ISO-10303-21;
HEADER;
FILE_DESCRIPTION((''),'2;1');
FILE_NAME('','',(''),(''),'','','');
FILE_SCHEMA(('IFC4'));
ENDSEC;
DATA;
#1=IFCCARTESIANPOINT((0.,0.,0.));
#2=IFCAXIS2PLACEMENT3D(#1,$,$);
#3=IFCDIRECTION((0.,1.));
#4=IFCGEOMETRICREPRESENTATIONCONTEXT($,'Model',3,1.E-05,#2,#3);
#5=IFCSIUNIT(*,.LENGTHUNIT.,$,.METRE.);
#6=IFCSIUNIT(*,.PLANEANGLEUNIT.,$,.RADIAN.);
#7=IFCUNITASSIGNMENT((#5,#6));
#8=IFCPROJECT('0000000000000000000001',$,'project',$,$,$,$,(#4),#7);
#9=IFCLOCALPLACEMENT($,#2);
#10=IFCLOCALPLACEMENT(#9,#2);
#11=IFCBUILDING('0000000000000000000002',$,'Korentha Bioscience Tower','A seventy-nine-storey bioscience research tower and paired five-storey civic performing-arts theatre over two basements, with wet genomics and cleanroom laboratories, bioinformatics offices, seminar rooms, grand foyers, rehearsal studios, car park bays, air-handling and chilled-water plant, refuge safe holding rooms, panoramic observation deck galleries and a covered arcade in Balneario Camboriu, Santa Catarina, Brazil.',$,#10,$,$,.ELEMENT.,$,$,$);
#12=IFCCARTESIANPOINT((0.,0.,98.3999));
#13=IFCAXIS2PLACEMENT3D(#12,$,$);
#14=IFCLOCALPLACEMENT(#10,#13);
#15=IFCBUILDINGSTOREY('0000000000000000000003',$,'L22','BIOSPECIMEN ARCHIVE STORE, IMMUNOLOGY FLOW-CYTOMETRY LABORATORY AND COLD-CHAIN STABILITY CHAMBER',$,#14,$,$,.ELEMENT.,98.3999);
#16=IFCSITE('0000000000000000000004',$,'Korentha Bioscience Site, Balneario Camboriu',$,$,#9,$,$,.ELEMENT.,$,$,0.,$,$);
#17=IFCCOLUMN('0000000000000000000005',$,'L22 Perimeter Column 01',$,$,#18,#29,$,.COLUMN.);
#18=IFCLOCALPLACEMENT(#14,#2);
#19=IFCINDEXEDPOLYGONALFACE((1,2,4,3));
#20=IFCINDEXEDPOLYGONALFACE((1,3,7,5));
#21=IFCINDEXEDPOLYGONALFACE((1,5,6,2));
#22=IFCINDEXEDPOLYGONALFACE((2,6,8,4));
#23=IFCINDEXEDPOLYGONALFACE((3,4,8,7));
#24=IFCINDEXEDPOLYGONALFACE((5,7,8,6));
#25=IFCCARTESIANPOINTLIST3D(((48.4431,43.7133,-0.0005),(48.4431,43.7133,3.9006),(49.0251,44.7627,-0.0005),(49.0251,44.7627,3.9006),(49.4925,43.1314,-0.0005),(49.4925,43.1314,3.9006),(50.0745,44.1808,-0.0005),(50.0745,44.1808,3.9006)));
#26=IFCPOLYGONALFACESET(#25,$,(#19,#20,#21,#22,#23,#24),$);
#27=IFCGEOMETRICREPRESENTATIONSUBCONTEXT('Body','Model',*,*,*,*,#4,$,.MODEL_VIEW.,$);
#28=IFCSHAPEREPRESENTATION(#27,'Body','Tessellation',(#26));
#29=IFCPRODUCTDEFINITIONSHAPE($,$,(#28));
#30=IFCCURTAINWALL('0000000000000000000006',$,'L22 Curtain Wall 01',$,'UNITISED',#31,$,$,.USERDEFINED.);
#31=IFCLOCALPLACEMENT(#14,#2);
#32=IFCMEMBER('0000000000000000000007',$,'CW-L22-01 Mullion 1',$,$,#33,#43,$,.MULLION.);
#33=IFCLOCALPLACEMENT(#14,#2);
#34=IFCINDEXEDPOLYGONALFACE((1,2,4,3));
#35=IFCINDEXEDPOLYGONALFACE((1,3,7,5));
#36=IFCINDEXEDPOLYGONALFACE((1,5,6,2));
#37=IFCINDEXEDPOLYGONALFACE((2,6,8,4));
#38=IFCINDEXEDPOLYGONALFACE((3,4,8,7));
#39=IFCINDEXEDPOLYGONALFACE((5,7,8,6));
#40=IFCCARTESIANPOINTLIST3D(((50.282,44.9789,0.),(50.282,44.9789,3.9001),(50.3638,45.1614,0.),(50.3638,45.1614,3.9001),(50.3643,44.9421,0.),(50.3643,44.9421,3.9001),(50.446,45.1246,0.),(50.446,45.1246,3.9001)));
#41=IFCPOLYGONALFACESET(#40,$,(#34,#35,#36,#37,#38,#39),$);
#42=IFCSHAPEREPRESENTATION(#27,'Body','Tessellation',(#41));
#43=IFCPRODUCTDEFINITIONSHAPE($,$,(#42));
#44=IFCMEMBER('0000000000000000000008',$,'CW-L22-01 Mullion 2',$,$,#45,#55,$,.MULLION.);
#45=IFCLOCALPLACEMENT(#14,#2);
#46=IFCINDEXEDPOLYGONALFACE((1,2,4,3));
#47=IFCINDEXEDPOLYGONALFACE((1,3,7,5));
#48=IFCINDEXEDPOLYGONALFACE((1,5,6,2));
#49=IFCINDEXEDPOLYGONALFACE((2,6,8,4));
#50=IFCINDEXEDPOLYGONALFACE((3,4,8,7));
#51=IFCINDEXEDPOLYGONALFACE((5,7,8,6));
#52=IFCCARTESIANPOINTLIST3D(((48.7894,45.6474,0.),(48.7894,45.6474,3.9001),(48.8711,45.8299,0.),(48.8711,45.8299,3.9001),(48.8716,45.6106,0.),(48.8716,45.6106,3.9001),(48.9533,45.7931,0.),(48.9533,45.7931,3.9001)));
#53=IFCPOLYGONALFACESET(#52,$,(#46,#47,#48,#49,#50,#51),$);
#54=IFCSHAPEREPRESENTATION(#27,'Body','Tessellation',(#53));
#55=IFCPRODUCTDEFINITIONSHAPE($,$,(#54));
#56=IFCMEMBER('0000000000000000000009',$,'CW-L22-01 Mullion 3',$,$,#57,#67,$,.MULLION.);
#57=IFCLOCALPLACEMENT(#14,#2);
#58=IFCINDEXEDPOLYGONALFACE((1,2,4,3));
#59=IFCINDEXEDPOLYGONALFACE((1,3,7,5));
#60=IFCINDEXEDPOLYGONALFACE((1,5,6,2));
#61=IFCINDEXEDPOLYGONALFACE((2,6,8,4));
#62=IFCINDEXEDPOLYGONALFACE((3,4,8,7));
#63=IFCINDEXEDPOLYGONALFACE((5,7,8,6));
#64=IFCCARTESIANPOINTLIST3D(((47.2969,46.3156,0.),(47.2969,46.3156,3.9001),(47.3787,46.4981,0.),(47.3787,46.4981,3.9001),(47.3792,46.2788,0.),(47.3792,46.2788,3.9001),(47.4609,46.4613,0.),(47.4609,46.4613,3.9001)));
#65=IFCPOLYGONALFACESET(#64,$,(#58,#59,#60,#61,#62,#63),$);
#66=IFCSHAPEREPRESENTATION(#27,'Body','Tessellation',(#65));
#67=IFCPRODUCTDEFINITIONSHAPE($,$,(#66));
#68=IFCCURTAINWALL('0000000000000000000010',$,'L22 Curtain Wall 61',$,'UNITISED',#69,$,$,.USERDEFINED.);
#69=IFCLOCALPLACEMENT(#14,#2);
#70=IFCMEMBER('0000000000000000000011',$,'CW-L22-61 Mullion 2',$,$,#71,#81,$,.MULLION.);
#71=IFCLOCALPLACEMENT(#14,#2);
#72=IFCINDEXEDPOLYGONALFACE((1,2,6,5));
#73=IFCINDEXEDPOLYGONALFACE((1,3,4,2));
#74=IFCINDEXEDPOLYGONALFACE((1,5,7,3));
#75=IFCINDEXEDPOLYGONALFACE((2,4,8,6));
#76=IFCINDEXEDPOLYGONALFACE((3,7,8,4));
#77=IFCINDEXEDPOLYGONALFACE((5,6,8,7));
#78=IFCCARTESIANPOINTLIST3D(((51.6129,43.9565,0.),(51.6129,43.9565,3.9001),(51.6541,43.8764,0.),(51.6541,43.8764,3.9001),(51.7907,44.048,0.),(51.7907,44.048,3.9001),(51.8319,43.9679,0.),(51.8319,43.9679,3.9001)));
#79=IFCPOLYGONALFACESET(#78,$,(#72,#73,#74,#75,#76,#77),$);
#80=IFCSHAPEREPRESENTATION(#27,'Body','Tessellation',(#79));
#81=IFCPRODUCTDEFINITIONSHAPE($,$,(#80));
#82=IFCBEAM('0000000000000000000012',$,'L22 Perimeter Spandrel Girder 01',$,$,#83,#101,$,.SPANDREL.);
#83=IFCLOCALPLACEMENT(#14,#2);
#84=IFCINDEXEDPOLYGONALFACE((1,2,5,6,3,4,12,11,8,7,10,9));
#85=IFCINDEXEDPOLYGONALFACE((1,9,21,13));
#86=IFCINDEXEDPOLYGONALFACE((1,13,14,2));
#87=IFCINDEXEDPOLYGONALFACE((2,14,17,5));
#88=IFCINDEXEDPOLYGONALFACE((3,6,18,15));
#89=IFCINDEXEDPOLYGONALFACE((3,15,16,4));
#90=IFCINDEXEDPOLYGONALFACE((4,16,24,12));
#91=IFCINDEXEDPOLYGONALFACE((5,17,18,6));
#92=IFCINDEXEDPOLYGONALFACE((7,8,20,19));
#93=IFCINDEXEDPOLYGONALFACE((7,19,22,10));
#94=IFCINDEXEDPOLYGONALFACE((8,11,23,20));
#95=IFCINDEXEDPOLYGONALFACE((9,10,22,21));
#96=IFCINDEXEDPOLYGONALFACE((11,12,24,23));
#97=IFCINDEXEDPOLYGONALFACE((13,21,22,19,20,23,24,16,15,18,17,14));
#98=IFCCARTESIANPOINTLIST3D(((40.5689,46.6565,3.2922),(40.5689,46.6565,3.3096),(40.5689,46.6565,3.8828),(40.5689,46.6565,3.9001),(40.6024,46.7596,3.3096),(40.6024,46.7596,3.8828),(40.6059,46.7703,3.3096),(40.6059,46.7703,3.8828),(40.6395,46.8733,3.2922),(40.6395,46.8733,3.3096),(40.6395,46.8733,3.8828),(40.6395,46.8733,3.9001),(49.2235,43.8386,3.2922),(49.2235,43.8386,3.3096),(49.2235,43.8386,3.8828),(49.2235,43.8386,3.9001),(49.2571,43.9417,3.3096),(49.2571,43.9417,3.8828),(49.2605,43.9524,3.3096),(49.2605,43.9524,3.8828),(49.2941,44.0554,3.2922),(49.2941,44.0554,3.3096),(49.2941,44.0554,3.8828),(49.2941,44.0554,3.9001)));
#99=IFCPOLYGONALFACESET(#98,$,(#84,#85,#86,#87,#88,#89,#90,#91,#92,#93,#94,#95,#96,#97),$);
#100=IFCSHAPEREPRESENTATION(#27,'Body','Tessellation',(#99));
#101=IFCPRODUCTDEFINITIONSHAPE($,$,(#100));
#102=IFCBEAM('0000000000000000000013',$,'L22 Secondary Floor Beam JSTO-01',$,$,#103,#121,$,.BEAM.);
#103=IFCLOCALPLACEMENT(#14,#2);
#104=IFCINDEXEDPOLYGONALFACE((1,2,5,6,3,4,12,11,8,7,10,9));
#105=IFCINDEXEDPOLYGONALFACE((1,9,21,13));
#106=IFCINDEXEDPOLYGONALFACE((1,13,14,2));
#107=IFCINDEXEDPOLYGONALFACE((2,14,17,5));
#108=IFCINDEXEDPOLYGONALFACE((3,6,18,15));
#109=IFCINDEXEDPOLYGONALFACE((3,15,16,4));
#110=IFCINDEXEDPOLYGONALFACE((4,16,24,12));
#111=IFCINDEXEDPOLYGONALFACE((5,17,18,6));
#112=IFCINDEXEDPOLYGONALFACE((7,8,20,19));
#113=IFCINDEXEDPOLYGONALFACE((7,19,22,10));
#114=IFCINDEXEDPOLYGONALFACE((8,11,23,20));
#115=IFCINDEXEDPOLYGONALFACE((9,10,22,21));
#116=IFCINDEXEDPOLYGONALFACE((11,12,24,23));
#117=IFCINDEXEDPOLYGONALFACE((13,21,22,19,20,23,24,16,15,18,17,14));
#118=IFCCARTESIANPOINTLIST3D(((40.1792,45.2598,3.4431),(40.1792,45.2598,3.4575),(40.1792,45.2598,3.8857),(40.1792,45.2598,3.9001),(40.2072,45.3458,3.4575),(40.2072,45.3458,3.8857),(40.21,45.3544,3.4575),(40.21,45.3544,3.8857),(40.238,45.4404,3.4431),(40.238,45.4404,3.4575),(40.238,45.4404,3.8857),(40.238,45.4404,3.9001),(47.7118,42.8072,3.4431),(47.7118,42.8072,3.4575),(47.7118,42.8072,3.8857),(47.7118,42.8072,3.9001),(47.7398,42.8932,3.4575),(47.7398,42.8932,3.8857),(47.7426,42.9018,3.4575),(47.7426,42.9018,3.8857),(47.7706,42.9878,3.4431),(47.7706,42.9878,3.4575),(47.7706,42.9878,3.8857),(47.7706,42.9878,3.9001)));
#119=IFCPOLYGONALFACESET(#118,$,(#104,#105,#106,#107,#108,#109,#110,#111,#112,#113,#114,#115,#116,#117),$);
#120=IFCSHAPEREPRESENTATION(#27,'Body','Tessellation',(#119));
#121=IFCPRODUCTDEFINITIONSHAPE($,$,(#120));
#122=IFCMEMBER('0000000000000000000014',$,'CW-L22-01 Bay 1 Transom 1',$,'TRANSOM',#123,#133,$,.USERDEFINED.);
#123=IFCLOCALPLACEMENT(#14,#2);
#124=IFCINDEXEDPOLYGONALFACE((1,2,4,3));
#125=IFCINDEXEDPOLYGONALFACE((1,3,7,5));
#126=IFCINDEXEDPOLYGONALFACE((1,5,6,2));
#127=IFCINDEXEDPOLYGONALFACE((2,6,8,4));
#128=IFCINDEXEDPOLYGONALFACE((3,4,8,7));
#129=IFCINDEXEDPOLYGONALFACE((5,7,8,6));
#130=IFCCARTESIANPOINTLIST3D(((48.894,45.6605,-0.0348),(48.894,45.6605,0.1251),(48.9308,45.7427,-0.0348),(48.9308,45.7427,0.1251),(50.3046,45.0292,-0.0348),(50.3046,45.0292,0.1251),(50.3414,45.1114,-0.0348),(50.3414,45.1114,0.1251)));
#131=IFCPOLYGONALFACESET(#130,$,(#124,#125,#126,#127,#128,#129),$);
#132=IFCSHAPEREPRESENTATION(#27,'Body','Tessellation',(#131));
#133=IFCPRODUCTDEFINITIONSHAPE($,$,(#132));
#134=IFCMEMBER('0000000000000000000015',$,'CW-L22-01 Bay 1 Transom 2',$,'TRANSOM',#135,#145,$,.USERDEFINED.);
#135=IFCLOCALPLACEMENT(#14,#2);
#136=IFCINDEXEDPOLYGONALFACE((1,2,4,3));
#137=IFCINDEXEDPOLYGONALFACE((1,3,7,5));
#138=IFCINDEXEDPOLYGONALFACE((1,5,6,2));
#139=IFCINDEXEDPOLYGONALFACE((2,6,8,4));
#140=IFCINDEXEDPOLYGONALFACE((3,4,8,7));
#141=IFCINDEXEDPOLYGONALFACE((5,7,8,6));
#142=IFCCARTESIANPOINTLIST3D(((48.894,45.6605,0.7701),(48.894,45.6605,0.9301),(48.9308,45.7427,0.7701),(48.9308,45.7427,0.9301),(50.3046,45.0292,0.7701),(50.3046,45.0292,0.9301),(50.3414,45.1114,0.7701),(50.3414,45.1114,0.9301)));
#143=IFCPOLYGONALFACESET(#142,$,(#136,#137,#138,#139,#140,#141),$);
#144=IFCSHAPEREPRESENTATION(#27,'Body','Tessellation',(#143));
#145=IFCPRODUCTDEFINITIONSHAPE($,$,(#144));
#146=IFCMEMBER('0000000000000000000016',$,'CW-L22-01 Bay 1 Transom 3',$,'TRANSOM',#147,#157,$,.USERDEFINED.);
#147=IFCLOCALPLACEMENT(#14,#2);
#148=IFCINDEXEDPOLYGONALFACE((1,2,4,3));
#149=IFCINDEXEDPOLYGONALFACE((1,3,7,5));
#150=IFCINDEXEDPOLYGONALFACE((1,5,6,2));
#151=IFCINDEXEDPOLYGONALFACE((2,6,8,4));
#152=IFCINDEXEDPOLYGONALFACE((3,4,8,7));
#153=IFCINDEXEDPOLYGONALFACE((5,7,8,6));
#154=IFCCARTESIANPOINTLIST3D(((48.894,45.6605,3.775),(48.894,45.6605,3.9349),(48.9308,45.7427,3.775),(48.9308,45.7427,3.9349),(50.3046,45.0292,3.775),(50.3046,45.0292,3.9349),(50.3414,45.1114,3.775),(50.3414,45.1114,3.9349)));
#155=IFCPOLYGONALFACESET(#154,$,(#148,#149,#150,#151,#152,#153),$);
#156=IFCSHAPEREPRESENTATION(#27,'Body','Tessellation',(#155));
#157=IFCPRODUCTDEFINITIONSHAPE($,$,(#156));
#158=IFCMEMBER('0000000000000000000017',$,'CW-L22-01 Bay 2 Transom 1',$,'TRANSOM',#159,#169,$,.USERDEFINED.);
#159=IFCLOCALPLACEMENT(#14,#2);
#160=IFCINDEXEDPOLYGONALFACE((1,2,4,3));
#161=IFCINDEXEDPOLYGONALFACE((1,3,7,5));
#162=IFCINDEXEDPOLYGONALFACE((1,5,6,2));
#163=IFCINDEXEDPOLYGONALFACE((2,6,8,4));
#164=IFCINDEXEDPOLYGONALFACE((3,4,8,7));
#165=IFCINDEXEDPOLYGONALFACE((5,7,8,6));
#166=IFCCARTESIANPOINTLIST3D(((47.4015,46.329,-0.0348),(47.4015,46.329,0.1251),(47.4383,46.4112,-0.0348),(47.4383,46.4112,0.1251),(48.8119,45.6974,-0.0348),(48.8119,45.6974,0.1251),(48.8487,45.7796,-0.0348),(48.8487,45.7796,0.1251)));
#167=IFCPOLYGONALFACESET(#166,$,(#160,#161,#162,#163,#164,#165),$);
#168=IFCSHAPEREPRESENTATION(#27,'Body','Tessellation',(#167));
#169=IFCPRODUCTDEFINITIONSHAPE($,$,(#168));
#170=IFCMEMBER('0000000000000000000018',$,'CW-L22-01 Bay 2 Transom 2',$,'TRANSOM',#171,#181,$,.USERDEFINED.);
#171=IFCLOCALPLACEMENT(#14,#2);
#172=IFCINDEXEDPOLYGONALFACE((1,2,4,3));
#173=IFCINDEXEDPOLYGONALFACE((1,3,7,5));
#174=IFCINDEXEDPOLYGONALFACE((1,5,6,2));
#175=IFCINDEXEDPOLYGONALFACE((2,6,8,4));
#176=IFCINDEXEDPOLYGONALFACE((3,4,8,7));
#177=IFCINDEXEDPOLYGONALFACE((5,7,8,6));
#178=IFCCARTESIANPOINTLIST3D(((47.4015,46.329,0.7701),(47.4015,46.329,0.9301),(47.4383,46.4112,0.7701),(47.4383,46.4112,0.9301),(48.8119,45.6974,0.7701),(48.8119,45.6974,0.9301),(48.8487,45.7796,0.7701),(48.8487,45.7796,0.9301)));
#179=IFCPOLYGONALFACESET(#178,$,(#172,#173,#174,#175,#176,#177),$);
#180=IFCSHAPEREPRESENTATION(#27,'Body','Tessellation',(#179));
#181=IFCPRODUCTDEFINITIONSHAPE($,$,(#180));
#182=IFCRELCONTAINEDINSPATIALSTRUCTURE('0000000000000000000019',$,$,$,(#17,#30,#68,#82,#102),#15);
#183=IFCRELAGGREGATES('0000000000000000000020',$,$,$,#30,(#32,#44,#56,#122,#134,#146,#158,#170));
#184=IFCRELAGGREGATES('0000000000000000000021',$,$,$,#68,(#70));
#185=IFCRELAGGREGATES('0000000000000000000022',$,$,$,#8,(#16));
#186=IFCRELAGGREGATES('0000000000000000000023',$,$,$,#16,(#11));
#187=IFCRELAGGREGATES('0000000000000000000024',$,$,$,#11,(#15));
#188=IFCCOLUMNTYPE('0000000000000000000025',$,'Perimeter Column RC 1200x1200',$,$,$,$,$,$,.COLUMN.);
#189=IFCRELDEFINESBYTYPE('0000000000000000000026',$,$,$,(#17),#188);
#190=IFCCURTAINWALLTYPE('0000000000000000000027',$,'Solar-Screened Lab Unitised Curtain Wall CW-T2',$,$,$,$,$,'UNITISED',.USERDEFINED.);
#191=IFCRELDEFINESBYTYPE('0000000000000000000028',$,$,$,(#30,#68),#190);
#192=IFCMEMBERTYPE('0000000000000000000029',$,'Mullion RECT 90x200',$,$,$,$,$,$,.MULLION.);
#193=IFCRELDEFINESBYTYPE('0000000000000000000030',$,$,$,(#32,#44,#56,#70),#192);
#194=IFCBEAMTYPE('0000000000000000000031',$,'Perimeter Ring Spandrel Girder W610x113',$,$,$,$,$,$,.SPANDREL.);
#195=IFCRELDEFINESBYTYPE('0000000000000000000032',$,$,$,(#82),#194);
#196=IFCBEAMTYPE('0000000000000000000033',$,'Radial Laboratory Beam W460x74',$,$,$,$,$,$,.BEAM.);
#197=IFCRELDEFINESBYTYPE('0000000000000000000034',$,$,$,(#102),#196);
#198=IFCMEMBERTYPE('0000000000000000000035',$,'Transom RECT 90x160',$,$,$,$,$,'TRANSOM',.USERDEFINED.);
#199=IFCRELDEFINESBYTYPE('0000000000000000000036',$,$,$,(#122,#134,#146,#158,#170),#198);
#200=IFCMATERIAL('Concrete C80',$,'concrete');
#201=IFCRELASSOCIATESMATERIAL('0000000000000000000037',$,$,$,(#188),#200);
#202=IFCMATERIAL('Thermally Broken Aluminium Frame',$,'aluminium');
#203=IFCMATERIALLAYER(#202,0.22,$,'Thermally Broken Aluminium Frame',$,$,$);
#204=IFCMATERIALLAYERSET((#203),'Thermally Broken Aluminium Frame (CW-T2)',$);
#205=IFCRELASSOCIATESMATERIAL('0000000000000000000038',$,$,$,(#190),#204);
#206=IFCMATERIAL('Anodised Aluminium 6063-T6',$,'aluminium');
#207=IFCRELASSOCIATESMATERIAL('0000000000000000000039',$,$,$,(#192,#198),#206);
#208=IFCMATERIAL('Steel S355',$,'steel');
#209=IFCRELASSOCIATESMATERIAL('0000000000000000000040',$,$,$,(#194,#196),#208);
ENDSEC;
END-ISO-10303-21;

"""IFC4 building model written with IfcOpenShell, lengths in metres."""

from ifc_helpers import new_model, si_unit, direction, frame, origin, origin_2d, place, context, subcontext, project, spatial, rectangle, i_section, extrude, material, layer, layer_set, material_profile, profile_set, type_object, element, aggregate, save


model = new_model("IFC4")

# Units and contexts
model_context = context("Model", 3, precision=1e-05, world=origin(), true_north=direction((0.0, 1.0)))
body_context = subcontext(model_context, "Body", "Model", "MODEL_VIEW")
ifc_project = project(units=[si_unit("LENGTHUNIT", "METRE"), si_unit("PLANEANGLEUNIT", "RADIAN")], contexts=[model_context])

# Site, building, storey
site_placement = place(None, origin())
site = spatial("IfcSite", under=ifc_project, at=site_placement, Name="Korentha Bioscience Site, Balneario Camboriu", CompositionType="ELEMENT", RefElevation=0.0)
building_placement = place(site_placement, origin())
building = spatial("IfcBuilding", under=site, at=building_placement, Name="Korentha Bioscience Tower", Description="A seventy-nine-storey bioscience research tower and paired five-storey civic performing-arts theatre over two basements, with wet genomics and cleanroom laboratories, bioinformatics offices, seminar rooms, grand foyers, rehearsal studios, car park bays, air-handling and chilled-water plant, refuge safe holding rooms, panoramic observation deck galleries and a covered arcade in Balneario Camboriu, Santa Catarina, Brazil.", CompositionType="ELEMENT")
storey_placement = place(building_placement, frame((0.0, 0.0, 98.3999)))
storey = spatial("IfcBuildingStorey", under=building, at=storey_placement, Name="L22", Description="BIOSPECIMEN ARCHIVE STORE, IMMUNOLOGY FLOW-CYTOMETRY LABORATORY AND COLD-CHAIN STABILITY CHAMBER", CompositionType="ELEMENT", Elevation=98.3999)

# Column
ifc_material_1 = material(Name="Concrete C80", Category="concrete")
ifc_material_profile_1 = material_profile(ifc_material_1, rectangle(XDim=1.2, YDim=1.2, at=origin_2d()), Name="Concrete C80")
ifc_profile_set_1 = profile_set([ifc_material_profile_1], Name="Concrete C80 (COL-P12)")
column_type = type_object("IfcColumnType", Name="Perimeter Column RC 1200x1200", PredefinedType="COLUMN", material=ifc_profile_set_1)
column_placement = place(storey_placement, frame((49.2588, 43.947, -0.0005), z_axis=(0.0, 0.0, 1.0), x_axis=(-0.874535, 0.484962, 0.0)))
element("IfcColumn", 1, at=column_placement, inside=storey, type_object=column_type, Name="L22 Perimeter Column 01", PredefinedType="COLUMN", context=body_context, shape_type="SweptSolid", body=[
    extrude(rectangle(XDim=1.2, YDim=1.2, at=origin_2d()), origin(), (0.0, 0.0, 1.0), 3.9011),
])

# Curtain wall, members
ifc_material_2 = material(Name="Thermally Broken Aluminium Frame", Category="aluminium")
ifc_layer_1 = layer(ifc_material_2, 0.22, Name="Thermally Broken Aluminium Frame")
ifc_layer_set_1 = layer_set([ifc_layer_1], Name="Thermally Broken Aluminium Frame (CW-T2)")
curtain_wall_type = type_object("IfcCurtainWallType", Name="Solar-Screened Lab Unitised Curtain Wall CW-T2", ElementType="UNITISED", PredefinedType="USERDEFINED", material=ifc_layer_set_1)
curtain_wall_1_placement = place(storey_placement, origin())
curtain_wall_1 = element("IfcCurtainWall", 2, at=curtain_wall_1_placement, inside=storey, type_object=curtain_wall_type, Name="L22 Curtain Wall 01", ObjectType="UNITISED", PredefinedType="USERDEFINED")
ifc_material_3 = material(Name="Anodised Aluminium 6063-T6", Category="aluminium")
ifc_material_profile_2 = material_profile(ifc_material_3, rectangle(XDim=0.0901, YDim=0.2, at=origin_2d()), Name="Anodised Aluminium 6063-T6")
ifc_profile_set_2 = profile_set([ifc_material_profile_2], Name="Anodised Aluminium 6063-T6 (CW-MUL)")
member_type_1 = type_object("IfcMemberType", Name="Mullion RECT 90x200", PredefinedType="MULLION", material=ifc_profile_set_2)
member_1_placement = place(storey_placement, frame((50.364, 45.0518, 0.0), z_axis=(0.0, 0.0, 1.0), x_axis=(-0.912687, 0.40866, 0.0)))
member_1 = element("IfcMember", 3, at=member_1_placement, type_object=member_type_1, Name="CW-L22-01 Mullion 1", PredefinedType="MULLION", context=body_context, shape_type="SweptSolid", body=[
    extrude(rectangle(XDim=0.0901, YDim=0.2, at=origin_2d()), origin(), (0.0, 0.0, 1.0), 3.9001),
])
member_2_placement = place(storey_placement, frame((48.8713, 45.7202, 0.0), z_axis=(0.0, 0.0, 1.0), x_axis=(-0.912687, 0.40866, 0.0)))
member_2 = element("IfcMember", 4, at=member_2_placement, type_object=member_type_1, Name="CW-L22-01 Mullion 2", PredefinedType="MULLION", context=body_context, shape_type="SweptSolid", body=[
    extrude(rectangle(XDim=0.0901, YDim=0.2, at=origin_2d()), origin(), (0.0, 0.0, 1.0), 3.9001),
])
member_3_placement = place(storey_placement, frame((47.3789, 46.3884, 0.0), z_axis=(0.0, 0.0, 1.0), x_axis=(-0.912687, 0.40866, 0.0)))
member_3 = element("IfcMember", 5, at=member_3_placement, type_object=member_type_1, Name="CW-L22-01 Mullion 3", PredefinedType="MULLION", context=body_context, shape_type="SweptSolid", body=[
    extrude(rectangle(XDim=0.0901, YDim=0.2, at=origin_2d()), origin(), (0.0, 0.0, 1.0), 3.9001),
])

# Curtain wall, member
curtain_wall_2_placement = place(storey_placement, origin())
curtain_wall_2 = element("IfcCurtainWall", 6, at=curtain_wall_2_placement, inside=storey, type_object=curtain_wall_type, Name="L22 Curtain Wall 61", ObjectType="UNITISED", PredefinedType="USERDEFINED")
member_4_placement = place(storey_placement, frame((51.7224, 43.9622, 0.0), z_axis=(0.0, 0.0, 1.0), x_axis=(-0.457613, 0.889151, 0.0)))
member_4 = element("IfcMember", 7, at=member_4_placement, type_object=member_type_1, Name="CW-L22-61 Mullion 2", PredefinedType="MULLION", context=body_context, shape_type="SweptSolid", body=[
    extrude(rectangle(XDim=0.0901, YDim=0.2, at=origin_2d()), origin(), (0.0, 0.0, 1.0), 3.9001),
])

# Beams
ifc_material_4 = material(Name="Steel S355", Category="steel")
ifc_material_profile_3 = material_profile(ifc_material_4, i_section(OverallWidth=0.228, OverallDepth=0.6079, WebThickness=0.0112, FlangeThickness=0.0173, at=origin_2d()), Name="Steel S355")
ifc_profile_set_3 = profile_set([ifc_material_profile_3], Name="Steel S355 (SB-610)")
beam_type_1 = type_object("IfcBeamType", Name="Perimeter Ring Spandrel Girder W610x113", PredefinedType="SPANDREL", material=ifc_profile_set_3)
beam_1_placement = place(storey_placement, frame((49.2588, 43.947, 3.5962), z_axis=(-0.950868, 0.309597, 0.0), x_axis=(-0.309597, -0.950868, 0.0)))
element("IfcBeam", 8, at=beam_1_placement, inside=storey, type_object=beam_type_1, Name="L22 Perimeter Spandrel Girder 01", PredefinedType="SPANDREL", context=body_context, shape_type="SweptSolid", body=[
    extrude(i_section(OverallWidth=0.228, OverallDepth=0.6079, WebThickness=0.0112, FlangeThickness=0.0173, at=origin_2d()), origin(), (0.0, 0.0, 1.0), 9.1018),
])
ifc_material_profile_4 = material_profile(ifc_material_4, i_section(OverallWidth=0.1899, OverallDepth=0.457, WebThickness=0.009, FlangeThickness=0.0144, at=origin_2d()), Name="Steel S355")
ifc_profile_set_4 = profile_set([ifc_material_profile_4], Name="Steel S355 (RB-460)")
beam_type_2 = type_object("IfcBeamType", Name="Radial Laboratory Beam W460x74", PredefinedType="BEAM", material=ifc_profile_set_4)
beam_2_placement = place(storey_placement, frame((47.7412, 42.8975, 3.6716), z_axis=(-0.950867, 0.3096, 0.0), x_axis=(-0.3096, -0.950867, 0.0)))
element("IfcBeam", 9, at=beam_2_placement, inside=storey, type_object=beam_type_2, Name="L22 Secondary Floor Beam JSTO-01", PredefinedType="BEAM", context=body_context, shape_type="SweptSolid", body=[
    extrude(i_section(OverallWidth=0.1899, OverallDepth=0.457, WebThickness=0.009, FlangeThickness=0.0144, at=origin_2d()), origin(), (0.0, 0.0, 1.0), 7.9219),
])

# Members
ifc_material_profile_5 = material_profile(ifc_material_3, rectangle(XDim=0.0901, YDim=0.1599, at=origin_2d()), Name="Anodised Aluminium 6063-T6")
ifc_profile_set_5 = profile_set([ifc_material_profile_5], Name="Anodised Aluminium 6063-T6 (CW-TRN)")
member_type_2 = type_object("IfcMemberType", Name="Transom RECT 90x160", ElementType="TRANSOM", PredefinedType="USERDEFINED", material=ifc_profile_set_5)
member_5_placement = place(storey_placement, frame((50.323, 45.0703, 0.0452), z_axis=(-0.912753, 0.408512, 0.0), x_axis=(-0.408512, -0.912753, 0.0)))
member_5 = element("IfcMember", 10, at=member_5_placement, type_object=member_type_2, Name="CW-L22-01 Bay 1 Transom 1", ObjectType="TRANSOM", PredefinedType="USERDEFINED", context=body_context, shape_type="SweptSolid", body=[
    extrude(rectangle(XDim=0.0901, YDim=0.1599, at=origin_2d()), origin(), (0.0, 0.0, 1.0), 1.5454),
])
member_6_placement = place(storey_placement, frame((50.323, 45.0703, 0.8501), z_axis=(-0.912753, 0.408512, 0.0), x_axis=(-0.408512, -0.912753, 0.0)))
member_6 = element("IfcMember", 11, at=member_6_placement, type_object=member_type_2, Name="CW-L22-01 Bay 1 Transom 2", ObjectType="TRANSOM", PredefinedType="USERDEFINED", context=body_context, shape_type="SweptSolid", body=[
    extrude(rectangle(XDim=0.0901, YDim=0.1599, at=origin_2d()), origin(), (0.0, 0.0, 1.0), 1.5454),
])
member_7_placement = place(storey_placement, frame((50.323, 45.0703, 3.855), z_axis=(-0.912753, 0.408512, 0.0), x_axis=(-0.408512, -0.912753, 0.0)))
member_7 = element("IfcMember", 12, at=member_7_placement, type_object=member_type_2, Name="CW-L22-01 Bay 1 Transom 3", ObjectType="TRANSOM", PredefinedType="USERDEFINED", context=body_context, shape_type="SweptSolid", body=[
    extrude(rectangle(XDim=0.0901, YDim=0.1599, at=origin_2d()), origin(), (0.0, 0.0, 1.0), 1.5454),
])
member_8_placement = place(storey_placement, frame((48.8303, 45.7385, 0.0452), z_axis=(-0.912668, 0.408702, 0.0), x_axis=(-0.408702, -0.912668, 0.0)))
member_8 = element("IfcMember", 13, at=member_8_placement, type_object=member_type_2, Name="CW-L22-01 Bay 2 Transom 1", ObjectType="TRANSOM", PredefinedType="USERDEFINED", context=body_context, shape_type="SweptSolid", body=[
    extrude(rectangle(XDim=0.0901, YDim=0.1599, at=origin_2d()), origin(), (0.0, 0.0, 1.0), 1.5454),
])
member_9_placement = place(storey_placement, frame((48.8303, 45.7385, 0.8501), z_axis=(-0.912668, 0.408702, 0.0), x_axis=(-0.408702, -0.912668, 0.0)))
member_9 = element("IfcMember", 14, at=member_9_placement, type_object=member_type_2, Name="CW-L22-01 Bay 2 Transom 2", ObjectType="TRANSOM", PredefinedType="USERDEFINED", context=body_context, shape_type="SweptSolid", body=[
    extrude(rectangle(XDim=0.0901, YDim=0.1599, at=origin_2d()), origin(), (0.0, 0.0, 1.0), 1.5454),
])

aggregate(curtain_wall_1, [member_1, member_2, member_3, member_5, member_6, member_7, member_8, member_9])
aggregate(curtain_wall_2, [member_4])

save(model, "model.ifc")
